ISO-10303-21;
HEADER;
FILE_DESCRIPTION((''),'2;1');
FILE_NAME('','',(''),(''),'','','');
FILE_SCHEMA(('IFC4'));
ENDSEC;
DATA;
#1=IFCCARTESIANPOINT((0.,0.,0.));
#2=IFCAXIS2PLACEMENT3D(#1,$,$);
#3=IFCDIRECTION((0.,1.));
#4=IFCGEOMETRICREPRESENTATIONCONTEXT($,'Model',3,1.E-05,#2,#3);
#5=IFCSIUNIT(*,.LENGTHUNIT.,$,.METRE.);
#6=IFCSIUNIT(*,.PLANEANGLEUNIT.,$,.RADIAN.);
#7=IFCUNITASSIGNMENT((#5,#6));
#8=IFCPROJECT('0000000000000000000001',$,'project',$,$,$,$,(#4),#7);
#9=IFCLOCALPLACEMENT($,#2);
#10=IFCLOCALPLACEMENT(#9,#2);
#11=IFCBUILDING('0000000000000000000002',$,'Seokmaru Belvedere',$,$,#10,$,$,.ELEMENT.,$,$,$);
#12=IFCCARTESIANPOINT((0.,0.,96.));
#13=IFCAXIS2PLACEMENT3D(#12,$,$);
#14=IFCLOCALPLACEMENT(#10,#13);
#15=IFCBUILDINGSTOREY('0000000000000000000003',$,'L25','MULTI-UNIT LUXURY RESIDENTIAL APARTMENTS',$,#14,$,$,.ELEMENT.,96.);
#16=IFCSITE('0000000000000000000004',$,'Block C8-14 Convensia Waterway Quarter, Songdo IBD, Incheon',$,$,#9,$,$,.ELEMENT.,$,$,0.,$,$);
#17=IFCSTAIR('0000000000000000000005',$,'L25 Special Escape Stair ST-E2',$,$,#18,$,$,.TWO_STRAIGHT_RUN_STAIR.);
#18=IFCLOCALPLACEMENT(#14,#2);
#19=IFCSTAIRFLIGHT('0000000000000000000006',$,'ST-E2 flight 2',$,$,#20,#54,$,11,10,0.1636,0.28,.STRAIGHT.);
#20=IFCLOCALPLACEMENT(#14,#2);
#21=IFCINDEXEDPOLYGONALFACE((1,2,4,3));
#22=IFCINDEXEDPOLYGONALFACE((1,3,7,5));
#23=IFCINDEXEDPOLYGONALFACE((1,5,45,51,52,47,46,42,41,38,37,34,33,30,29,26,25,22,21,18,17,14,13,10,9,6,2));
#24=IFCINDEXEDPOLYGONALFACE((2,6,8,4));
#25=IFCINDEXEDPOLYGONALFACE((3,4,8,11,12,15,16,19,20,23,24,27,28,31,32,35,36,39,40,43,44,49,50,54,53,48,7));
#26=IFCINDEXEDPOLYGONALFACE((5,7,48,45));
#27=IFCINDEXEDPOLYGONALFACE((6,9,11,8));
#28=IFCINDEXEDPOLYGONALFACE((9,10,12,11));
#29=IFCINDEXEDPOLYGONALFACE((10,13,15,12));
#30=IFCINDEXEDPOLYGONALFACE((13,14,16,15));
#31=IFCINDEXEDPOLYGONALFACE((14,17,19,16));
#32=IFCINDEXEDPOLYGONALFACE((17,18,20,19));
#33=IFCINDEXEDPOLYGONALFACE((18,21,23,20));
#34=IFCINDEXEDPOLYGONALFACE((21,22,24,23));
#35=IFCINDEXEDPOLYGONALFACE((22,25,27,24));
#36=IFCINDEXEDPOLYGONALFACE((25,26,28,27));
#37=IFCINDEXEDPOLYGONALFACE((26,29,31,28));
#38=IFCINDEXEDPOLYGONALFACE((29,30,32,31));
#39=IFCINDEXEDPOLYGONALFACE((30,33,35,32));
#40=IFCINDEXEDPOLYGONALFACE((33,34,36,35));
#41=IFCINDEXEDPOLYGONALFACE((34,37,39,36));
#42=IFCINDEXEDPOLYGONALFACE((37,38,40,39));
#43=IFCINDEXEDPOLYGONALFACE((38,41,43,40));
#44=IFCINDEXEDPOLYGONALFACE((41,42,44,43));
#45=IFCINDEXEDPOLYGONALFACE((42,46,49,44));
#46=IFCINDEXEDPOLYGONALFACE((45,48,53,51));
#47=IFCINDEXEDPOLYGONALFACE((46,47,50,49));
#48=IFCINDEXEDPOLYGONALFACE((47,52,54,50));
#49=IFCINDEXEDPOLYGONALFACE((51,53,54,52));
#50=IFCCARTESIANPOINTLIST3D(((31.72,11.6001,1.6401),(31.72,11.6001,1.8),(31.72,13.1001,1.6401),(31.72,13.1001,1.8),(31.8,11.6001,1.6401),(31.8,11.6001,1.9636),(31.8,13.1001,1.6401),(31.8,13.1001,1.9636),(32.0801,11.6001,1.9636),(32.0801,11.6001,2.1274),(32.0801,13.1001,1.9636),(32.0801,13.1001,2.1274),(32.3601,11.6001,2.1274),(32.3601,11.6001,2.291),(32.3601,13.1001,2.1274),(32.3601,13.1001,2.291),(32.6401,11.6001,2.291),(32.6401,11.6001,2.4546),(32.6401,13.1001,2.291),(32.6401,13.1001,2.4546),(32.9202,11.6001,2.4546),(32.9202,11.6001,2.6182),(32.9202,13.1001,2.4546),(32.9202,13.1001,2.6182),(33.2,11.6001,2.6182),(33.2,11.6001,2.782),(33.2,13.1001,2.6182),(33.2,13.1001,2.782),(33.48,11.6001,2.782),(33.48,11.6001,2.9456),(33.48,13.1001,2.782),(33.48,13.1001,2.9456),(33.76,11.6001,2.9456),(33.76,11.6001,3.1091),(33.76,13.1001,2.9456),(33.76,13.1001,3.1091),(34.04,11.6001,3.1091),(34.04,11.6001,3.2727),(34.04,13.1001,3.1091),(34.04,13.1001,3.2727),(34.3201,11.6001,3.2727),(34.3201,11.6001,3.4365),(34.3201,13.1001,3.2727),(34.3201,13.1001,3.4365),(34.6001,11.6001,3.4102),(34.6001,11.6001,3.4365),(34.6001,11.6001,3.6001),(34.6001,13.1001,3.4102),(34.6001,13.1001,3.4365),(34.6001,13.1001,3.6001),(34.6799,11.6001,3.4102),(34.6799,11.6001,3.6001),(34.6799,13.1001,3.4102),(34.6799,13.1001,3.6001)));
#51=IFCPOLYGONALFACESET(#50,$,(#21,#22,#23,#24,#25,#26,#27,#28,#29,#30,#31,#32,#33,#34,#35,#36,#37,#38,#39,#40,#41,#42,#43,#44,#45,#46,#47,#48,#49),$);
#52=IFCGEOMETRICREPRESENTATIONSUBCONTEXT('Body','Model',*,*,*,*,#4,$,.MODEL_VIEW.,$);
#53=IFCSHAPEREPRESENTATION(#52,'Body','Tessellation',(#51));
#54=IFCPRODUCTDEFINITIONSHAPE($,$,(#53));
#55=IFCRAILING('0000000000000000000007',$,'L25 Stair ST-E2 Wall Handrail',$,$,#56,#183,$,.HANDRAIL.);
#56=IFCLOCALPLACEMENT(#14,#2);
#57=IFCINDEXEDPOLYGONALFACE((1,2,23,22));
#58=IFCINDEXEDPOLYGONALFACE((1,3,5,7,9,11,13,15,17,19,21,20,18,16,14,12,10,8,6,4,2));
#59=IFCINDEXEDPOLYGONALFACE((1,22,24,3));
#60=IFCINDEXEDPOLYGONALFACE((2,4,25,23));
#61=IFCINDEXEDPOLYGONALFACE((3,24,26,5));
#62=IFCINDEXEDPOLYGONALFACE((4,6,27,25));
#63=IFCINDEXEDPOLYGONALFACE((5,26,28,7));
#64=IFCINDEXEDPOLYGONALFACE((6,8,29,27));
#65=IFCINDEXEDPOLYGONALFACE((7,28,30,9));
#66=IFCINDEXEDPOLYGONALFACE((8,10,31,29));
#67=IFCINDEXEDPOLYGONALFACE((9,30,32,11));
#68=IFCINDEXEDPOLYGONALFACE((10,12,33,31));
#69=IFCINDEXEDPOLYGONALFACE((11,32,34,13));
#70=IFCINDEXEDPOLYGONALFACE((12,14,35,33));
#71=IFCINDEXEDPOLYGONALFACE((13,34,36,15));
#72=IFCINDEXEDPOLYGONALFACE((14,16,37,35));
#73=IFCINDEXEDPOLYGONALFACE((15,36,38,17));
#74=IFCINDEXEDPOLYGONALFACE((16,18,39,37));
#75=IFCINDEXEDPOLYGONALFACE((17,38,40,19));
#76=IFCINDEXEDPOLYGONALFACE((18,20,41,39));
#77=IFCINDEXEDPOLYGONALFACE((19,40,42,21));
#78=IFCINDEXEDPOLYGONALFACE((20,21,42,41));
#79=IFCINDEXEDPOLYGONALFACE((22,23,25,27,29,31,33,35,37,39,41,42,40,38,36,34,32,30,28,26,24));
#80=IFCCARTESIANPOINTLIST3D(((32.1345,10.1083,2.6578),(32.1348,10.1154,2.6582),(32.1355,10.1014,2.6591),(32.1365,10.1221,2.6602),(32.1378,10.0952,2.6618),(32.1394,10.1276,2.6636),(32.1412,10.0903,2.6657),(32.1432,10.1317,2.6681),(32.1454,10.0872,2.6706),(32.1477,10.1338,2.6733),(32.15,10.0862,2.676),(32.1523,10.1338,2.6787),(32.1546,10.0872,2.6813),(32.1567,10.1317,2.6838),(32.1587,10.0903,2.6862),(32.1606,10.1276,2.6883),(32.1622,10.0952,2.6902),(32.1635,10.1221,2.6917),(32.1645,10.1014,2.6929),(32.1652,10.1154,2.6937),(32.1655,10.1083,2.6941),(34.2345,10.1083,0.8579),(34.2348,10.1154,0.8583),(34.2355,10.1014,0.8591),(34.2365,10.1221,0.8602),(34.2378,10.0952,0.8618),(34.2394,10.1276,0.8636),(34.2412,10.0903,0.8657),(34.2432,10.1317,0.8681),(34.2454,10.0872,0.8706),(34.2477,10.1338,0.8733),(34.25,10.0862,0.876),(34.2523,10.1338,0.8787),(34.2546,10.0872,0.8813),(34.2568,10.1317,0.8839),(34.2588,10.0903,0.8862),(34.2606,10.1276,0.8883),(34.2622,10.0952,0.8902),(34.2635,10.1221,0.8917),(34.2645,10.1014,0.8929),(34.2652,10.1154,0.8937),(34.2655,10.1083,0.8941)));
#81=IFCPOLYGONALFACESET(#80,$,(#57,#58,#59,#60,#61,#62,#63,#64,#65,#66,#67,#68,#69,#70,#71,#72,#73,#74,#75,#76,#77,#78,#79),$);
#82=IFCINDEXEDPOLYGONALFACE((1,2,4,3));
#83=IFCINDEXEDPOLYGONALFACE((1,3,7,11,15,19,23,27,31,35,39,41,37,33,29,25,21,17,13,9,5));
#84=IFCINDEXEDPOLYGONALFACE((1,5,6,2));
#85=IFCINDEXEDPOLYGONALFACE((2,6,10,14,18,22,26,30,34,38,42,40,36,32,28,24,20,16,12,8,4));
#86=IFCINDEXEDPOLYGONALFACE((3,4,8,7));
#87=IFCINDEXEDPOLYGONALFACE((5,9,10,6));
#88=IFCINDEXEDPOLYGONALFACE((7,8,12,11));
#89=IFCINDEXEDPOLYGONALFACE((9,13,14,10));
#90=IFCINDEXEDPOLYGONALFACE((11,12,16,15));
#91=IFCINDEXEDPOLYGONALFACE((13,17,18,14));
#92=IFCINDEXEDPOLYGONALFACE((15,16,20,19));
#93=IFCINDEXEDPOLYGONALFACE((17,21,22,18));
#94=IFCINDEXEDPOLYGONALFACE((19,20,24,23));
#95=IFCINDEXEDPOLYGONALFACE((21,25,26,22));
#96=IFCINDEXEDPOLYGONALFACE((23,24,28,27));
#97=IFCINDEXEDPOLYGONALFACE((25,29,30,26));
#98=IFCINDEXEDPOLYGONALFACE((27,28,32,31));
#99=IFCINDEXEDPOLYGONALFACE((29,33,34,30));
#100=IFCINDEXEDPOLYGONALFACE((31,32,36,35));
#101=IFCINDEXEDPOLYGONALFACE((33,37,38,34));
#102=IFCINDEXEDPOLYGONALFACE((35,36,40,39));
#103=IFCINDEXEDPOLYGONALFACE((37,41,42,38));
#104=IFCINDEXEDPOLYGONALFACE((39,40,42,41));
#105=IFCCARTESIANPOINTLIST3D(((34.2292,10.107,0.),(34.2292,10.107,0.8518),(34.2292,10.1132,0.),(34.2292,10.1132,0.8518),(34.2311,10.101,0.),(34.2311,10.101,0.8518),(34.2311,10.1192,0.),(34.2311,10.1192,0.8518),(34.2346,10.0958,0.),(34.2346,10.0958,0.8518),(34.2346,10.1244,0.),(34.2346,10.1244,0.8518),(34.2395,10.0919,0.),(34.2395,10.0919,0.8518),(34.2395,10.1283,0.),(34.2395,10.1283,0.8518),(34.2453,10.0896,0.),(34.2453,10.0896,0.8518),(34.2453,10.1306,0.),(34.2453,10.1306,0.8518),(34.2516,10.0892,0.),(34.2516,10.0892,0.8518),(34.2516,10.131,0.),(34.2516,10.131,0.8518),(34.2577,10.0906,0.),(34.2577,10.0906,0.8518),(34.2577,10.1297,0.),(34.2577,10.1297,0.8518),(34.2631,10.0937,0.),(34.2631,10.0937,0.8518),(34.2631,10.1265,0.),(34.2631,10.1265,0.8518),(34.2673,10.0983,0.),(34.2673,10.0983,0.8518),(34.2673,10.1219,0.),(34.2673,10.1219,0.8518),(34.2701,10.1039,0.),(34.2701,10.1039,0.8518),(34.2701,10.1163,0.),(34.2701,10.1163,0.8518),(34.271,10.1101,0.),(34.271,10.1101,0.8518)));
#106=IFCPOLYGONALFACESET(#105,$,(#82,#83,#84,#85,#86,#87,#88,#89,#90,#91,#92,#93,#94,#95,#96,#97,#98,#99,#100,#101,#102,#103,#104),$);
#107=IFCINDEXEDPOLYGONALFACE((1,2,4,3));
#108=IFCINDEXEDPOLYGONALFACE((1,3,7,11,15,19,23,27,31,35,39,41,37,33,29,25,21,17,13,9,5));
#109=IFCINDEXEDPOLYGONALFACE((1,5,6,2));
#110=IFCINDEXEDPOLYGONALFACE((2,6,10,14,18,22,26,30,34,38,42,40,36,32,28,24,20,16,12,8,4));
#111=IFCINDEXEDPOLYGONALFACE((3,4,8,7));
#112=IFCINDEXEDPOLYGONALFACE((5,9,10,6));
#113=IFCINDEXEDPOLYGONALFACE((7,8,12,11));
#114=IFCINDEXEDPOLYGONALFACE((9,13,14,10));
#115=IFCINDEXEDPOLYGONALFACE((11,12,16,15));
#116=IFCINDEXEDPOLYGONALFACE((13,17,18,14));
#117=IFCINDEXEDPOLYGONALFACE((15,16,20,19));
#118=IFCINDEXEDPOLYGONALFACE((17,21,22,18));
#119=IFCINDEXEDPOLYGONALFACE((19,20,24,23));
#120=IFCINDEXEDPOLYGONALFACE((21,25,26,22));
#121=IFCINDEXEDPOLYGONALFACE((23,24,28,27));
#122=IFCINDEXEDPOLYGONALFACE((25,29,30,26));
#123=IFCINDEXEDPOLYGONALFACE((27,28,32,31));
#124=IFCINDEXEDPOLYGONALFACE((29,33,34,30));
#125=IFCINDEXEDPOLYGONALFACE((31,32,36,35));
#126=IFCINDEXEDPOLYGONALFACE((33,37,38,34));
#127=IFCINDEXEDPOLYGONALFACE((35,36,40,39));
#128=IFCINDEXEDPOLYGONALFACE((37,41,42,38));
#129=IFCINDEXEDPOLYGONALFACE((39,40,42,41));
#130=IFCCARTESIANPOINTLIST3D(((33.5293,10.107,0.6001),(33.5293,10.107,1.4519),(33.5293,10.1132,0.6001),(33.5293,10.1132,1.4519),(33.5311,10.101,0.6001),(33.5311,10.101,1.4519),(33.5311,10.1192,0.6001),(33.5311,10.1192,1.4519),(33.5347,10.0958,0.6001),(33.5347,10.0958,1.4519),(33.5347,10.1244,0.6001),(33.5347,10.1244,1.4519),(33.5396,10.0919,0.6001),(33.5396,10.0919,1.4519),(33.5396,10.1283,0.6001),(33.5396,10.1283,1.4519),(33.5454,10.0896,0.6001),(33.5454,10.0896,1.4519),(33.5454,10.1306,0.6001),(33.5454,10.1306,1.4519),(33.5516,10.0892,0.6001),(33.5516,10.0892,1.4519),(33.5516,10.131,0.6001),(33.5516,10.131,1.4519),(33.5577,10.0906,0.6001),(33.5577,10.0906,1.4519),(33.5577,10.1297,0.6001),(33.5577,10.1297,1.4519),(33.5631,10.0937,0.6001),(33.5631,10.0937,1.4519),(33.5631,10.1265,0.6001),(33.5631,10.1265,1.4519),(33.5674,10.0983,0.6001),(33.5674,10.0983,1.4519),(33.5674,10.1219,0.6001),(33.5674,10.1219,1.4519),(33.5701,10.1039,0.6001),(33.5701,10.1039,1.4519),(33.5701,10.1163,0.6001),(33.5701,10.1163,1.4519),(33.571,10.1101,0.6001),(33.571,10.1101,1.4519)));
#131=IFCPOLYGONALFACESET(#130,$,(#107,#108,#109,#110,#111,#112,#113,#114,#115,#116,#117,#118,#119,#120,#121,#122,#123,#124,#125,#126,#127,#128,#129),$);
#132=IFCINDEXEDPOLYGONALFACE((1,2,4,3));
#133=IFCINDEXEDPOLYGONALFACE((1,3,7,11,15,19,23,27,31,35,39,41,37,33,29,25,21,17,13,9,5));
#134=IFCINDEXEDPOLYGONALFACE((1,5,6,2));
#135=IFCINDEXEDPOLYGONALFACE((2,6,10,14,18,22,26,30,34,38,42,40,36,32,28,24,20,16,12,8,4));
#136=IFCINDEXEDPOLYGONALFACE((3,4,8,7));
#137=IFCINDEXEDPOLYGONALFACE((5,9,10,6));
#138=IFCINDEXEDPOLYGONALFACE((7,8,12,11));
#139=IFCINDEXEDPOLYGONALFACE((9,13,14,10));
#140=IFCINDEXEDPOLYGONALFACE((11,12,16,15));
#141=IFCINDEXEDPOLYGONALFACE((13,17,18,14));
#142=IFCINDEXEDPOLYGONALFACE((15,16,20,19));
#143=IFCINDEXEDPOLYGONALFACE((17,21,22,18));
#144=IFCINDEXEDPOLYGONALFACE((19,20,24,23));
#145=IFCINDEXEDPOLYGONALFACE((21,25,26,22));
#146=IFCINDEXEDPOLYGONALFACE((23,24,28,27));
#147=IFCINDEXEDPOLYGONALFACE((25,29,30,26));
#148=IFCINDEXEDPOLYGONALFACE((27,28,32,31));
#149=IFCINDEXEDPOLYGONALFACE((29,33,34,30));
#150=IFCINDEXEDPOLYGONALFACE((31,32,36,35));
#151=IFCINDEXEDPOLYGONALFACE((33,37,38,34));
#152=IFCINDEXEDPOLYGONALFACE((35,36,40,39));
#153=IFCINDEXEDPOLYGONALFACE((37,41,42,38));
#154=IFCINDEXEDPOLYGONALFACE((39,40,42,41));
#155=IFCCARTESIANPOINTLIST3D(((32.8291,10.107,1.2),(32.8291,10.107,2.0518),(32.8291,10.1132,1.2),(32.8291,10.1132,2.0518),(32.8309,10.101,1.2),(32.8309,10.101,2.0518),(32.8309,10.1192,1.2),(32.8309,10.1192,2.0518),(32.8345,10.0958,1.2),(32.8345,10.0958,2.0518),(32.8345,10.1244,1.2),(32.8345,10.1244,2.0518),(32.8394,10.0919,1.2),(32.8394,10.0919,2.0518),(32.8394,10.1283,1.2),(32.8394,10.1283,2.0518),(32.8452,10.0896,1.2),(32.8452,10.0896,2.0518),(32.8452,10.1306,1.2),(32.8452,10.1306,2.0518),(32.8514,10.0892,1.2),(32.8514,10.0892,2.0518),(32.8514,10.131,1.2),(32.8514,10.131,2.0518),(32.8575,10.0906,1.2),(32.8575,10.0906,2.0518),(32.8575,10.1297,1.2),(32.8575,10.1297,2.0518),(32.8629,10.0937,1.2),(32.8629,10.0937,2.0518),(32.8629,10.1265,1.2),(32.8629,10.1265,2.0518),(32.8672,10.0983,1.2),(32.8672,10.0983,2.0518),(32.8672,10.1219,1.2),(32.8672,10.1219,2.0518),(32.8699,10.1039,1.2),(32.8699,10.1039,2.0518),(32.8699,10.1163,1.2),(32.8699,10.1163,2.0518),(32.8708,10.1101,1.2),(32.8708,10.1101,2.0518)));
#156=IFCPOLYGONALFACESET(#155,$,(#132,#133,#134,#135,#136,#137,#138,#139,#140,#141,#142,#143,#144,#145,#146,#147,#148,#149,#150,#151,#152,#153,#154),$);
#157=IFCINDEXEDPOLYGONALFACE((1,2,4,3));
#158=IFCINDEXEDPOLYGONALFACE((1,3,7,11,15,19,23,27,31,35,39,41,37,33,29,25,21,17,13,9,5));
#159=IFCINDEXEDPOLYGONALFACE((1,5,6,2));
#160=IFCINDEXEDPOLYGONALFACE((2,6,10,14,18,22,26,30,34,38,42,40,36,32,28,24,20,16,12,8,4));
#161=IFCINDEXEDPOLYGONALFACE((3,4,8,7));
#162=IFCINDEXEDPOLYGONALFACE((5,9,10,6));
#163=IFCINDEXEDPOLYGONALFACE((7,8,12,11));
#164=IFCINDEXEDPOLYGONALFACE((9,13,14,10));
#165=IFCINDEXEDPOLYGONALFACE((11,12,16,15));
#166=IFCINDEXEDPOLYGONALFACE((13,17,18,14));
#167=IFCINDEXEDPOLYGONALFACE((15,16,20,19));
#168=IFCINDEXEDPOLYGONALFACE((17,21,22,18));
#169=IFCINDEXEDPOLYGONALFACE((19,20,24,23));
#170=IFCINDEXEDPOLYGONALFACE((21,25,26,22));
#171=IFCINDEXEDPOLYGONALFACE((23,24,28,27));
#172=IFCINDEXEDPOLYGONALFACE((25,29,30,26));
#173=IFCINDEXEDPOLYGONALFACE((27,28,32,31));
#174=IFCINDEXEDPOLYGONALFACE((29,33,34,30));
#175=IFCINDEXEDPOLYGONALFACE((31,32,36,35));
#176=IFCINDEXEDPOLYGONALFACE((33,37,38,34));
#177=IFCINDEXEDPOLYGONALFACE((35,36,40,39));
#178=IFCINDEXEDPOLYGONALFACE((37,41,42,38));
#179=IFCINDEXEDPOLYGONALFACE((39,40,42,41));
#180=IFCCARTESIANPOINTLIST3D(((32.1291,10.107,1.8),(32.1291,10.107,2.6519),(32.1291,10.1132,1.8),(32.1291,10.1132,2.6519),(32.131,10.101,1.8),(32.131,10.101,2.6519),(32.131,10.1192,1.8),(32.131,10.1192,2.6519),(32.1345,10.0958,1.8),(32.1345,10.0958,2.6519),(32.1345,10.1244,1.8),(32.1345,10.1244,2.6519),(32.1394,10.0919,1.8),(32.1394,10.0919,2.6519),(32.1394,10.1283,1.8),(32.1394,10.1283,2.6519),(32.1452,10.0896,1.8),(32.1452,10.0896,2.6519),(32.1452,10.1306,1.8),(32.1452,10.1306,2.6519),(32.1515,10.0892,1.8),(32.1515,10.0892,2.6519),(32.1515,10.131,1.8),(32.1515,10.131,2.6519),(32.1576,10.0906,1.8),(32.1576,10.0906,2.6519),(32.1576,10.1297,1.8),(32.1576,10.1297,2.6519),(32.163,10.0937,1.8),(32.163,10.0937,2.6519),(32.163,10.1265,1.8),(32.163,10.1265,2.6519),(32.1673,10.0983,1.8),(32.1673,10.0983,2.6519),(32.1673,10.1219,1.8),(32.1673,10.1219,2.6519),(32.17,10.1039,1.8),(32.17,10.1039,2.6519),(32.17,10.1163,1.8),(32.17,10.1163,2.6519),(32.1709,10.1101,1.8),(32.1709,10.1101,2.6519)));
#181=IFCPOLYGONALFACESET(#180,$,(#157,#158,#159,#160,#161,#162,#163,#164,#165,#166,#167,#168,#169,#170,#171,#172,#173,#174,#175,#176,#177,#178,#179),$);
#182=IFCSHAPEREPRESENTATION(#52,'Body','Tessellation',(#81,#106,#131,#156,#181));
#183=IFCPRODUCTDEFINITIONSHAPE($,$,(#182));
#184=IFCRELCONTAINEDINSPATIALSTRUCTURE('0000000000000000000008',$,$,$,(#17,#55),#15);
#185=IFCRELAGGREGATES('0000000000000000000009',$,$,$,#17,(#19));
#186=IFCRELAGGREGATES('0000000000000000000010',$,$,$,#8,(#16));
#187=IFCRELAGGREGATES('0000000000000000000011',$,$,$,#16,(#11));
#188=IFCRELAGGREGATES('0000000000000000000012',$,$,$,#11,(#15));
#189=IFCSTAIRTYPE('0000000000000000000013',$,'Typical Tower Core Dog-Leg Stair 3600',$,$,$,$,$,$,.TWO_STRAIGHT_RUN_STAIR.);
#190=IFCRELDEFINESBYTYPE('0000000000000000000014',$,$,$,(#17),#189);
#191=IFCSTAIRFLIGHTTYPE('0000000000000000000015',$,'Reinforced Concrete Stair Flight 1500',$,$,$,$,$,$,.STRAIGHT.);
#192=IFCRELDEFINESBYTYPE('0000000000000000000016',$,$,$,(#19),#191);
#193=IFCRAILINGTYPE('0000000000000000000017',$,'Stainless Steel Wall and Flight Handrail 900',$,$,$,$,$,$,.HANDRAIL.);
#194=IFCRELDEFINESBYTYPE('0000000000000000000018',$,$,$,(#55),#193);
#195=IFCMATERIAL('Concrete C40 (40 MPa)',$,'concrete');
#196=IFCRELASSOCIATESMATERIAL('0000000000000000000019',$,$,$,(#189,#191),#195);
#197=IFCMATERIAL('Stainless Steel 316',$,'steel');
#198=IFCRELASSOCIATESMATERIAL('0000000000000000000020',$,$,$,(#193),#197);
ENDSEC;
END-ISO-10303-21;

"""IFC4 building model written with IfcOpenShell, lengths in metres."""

from ifc_helpers import new_model, si_unit, direction, frame, origin, origin_2d, place, context, subcontext, project, spatial, polyline, circle, outline, extrude, material, type_object, element, aggregate, save


model = new_model("IFC4")

# Units and contexts
model_context = context("Model", 3, precision=1e-05, world=origin(), true_north=direction((0.0, 1.0)))
body_context = subcontext(model_context, "Body", "Model", "MODEL_VIEW")
ifc_project = project(units=[si_unit("LENGTHUNIT", "METRE"), si_unit("PLANEANGLEUNIT", "RADIAN")], contexts=[model_context])

# Site, building, storey
site_placement = place(None, origin())
site = spatial("IfcSite", under=ifc_project, at=site_placement, Name="Block C8-14 Convensia Waterway Quarter, Songdo IBD, Incheon", CompositionType="ELEMENT", RefElevation=0.0)
building_placement = place(site_placement, origin())
building = spatial("IfcBuilding", under=site, at=building_placement, Name="Seokmaru Belvedere", CompositionType="ELEMENT")
storey_placement = place(building_placement, frame((0.0, 0.0, 96.0)))
storey = spatial("IfcBuildingStorey", under=building, at=storey_placement, Name="L25", Description="MULTI-UNIT LUXURY RESIDENTIAL APARTMENTS", CompositionType="ELEMENT", Elevation=96.0)

# Stair, stair flight
ifc_material_1 = material(Name="Concrete C40 (40 MPa)", Category="concrete")
stair_type = type_object("IfcStairType", Name="Typical Tower Core Dog-Leg Stair 3600", PredefinedType="TWO_STRAIGHT_RUN_STAIR", material=ifc_material_1)
stair_placement = place(storey_placement, origin())
stair = element("IfcStair", 1, at=stair_placement, inside=storey, type_object=stair_type, Name="L25 Special Escape Stair ST-E2", PredefinedType="TWO_STRAIGHT_RUN_STAIR")
stair_flight_type = type_object("IfcStairFlightType", Name="Reinforced Concrete Stair Flight 1500", PredefinedType="STRAIGHT", material=ifc_material_1)
stair_flight_1_placement = place(storey_placement, frame((31.8, 12.3501, 1.8), z_axis=(0.0, 0.0, 1.0), x_axis=(1.0, 0.0, 0.0)))
stair_flight_1 = element("IfcStairFlight", 2, at=stair_flight_1_placement, type_object=stair_flight_type, Name="ST-E2 flight 2", NumberOfRisers=11, NumberOfTreads=10, PredefinedType="STRAIGHT", RiserHeight=0.1636, TreadLength=0.28, context=body_context, shape_type="SweptSolid", body=[
    extrude(outline(polyline([(-0.0801, 0.0), (0.0, 0.1636), (0.28, 0.1636), (0.28, 0.3274), (0.5601, 0.3274), (0.5601, 0.491), (0.8401, 0.491), (0.8401, 0.6545), (1.1201, 0.6545), (1.1201, 0.8181), (1.3999, 0.8181), (1.3999, 0.9819), (1.6799, 0.9819), (1.6799, 1.1455), (1.96, 1.1455), (1.96, 1.3091), (2.24, 1.3091), (2.24, 1.4727), (2.52, 1.4727), (2.52, 1.6365), (2.8, 1.6365), (2.8, 1.8), (2.8799, 1.8), (2.8799, 1.6101), (2.8, 1.6101), (0.0, -0.1599), (-0.0801, -0.1599), (-0.0801, 0.0)])), frame((0.0, 0.75, 0.0), z_axis=(0.0, -1.0, 0.0), x_axis=(1.0, 0.0, 0.0)), (0.0, 0.0, 1.0), 1.5),
])
aggregate(stair, [stair_flight_1])

# Railing
ifc_material_2 = material(Name="Stainless Steel 316", Category="steel")
railing_type_1 = type_object("IfcRailingType", Name="Stainless Steel Wall and Flight Handrail 900", PredefinedType="HANDRAIL", material=ifc_material_2)
railing_1_placement = place(storey_placement, frame((34.25, 10.1101, 0.0)))
element("IfcRailing", 3, at=railing_1_placement, inside=storey, type_object=railing_type_1, Name="L25 Stair ST-E2 Wall Handrail", PredefinedType="HANDRAIL", context=body_context, shape_type="SweptSolid", body=[
    extrude(circle(Radius=0.0239, at=origin_2d()), frame((0.0, 0.0, 0.876), z_axis=(-0.759263, 0.0, 0.650784), x_axis=(0.0, -1.0, 0.0)), (0.0, 0.0, 1.0), 2.7659),
    extrude(circle(Radius=0.021, at=origin_2d()), origin(), (0.0, 0.0, 1.0), 0.8518),
    extrude(circle(Radius=0.021, at=origin_2d()), frame((-0.7, 0.0, 0.6001)), (0.0, 0.0, 1.0), 0.8518),
    extrude(circle(Radius=0.021, at=origin_2d()), frame((-1.4001, 0.0, 1.2)), (0.0, 0.0, 1.0), 0.8518),
    extrude(circle(Radius=0.021, at=origin_2d()), frame((-2.1001, 0.0, 1.8)), (0.0, 0.0, 1.0), 0.8518),
])

save(model, "model.ifc")
